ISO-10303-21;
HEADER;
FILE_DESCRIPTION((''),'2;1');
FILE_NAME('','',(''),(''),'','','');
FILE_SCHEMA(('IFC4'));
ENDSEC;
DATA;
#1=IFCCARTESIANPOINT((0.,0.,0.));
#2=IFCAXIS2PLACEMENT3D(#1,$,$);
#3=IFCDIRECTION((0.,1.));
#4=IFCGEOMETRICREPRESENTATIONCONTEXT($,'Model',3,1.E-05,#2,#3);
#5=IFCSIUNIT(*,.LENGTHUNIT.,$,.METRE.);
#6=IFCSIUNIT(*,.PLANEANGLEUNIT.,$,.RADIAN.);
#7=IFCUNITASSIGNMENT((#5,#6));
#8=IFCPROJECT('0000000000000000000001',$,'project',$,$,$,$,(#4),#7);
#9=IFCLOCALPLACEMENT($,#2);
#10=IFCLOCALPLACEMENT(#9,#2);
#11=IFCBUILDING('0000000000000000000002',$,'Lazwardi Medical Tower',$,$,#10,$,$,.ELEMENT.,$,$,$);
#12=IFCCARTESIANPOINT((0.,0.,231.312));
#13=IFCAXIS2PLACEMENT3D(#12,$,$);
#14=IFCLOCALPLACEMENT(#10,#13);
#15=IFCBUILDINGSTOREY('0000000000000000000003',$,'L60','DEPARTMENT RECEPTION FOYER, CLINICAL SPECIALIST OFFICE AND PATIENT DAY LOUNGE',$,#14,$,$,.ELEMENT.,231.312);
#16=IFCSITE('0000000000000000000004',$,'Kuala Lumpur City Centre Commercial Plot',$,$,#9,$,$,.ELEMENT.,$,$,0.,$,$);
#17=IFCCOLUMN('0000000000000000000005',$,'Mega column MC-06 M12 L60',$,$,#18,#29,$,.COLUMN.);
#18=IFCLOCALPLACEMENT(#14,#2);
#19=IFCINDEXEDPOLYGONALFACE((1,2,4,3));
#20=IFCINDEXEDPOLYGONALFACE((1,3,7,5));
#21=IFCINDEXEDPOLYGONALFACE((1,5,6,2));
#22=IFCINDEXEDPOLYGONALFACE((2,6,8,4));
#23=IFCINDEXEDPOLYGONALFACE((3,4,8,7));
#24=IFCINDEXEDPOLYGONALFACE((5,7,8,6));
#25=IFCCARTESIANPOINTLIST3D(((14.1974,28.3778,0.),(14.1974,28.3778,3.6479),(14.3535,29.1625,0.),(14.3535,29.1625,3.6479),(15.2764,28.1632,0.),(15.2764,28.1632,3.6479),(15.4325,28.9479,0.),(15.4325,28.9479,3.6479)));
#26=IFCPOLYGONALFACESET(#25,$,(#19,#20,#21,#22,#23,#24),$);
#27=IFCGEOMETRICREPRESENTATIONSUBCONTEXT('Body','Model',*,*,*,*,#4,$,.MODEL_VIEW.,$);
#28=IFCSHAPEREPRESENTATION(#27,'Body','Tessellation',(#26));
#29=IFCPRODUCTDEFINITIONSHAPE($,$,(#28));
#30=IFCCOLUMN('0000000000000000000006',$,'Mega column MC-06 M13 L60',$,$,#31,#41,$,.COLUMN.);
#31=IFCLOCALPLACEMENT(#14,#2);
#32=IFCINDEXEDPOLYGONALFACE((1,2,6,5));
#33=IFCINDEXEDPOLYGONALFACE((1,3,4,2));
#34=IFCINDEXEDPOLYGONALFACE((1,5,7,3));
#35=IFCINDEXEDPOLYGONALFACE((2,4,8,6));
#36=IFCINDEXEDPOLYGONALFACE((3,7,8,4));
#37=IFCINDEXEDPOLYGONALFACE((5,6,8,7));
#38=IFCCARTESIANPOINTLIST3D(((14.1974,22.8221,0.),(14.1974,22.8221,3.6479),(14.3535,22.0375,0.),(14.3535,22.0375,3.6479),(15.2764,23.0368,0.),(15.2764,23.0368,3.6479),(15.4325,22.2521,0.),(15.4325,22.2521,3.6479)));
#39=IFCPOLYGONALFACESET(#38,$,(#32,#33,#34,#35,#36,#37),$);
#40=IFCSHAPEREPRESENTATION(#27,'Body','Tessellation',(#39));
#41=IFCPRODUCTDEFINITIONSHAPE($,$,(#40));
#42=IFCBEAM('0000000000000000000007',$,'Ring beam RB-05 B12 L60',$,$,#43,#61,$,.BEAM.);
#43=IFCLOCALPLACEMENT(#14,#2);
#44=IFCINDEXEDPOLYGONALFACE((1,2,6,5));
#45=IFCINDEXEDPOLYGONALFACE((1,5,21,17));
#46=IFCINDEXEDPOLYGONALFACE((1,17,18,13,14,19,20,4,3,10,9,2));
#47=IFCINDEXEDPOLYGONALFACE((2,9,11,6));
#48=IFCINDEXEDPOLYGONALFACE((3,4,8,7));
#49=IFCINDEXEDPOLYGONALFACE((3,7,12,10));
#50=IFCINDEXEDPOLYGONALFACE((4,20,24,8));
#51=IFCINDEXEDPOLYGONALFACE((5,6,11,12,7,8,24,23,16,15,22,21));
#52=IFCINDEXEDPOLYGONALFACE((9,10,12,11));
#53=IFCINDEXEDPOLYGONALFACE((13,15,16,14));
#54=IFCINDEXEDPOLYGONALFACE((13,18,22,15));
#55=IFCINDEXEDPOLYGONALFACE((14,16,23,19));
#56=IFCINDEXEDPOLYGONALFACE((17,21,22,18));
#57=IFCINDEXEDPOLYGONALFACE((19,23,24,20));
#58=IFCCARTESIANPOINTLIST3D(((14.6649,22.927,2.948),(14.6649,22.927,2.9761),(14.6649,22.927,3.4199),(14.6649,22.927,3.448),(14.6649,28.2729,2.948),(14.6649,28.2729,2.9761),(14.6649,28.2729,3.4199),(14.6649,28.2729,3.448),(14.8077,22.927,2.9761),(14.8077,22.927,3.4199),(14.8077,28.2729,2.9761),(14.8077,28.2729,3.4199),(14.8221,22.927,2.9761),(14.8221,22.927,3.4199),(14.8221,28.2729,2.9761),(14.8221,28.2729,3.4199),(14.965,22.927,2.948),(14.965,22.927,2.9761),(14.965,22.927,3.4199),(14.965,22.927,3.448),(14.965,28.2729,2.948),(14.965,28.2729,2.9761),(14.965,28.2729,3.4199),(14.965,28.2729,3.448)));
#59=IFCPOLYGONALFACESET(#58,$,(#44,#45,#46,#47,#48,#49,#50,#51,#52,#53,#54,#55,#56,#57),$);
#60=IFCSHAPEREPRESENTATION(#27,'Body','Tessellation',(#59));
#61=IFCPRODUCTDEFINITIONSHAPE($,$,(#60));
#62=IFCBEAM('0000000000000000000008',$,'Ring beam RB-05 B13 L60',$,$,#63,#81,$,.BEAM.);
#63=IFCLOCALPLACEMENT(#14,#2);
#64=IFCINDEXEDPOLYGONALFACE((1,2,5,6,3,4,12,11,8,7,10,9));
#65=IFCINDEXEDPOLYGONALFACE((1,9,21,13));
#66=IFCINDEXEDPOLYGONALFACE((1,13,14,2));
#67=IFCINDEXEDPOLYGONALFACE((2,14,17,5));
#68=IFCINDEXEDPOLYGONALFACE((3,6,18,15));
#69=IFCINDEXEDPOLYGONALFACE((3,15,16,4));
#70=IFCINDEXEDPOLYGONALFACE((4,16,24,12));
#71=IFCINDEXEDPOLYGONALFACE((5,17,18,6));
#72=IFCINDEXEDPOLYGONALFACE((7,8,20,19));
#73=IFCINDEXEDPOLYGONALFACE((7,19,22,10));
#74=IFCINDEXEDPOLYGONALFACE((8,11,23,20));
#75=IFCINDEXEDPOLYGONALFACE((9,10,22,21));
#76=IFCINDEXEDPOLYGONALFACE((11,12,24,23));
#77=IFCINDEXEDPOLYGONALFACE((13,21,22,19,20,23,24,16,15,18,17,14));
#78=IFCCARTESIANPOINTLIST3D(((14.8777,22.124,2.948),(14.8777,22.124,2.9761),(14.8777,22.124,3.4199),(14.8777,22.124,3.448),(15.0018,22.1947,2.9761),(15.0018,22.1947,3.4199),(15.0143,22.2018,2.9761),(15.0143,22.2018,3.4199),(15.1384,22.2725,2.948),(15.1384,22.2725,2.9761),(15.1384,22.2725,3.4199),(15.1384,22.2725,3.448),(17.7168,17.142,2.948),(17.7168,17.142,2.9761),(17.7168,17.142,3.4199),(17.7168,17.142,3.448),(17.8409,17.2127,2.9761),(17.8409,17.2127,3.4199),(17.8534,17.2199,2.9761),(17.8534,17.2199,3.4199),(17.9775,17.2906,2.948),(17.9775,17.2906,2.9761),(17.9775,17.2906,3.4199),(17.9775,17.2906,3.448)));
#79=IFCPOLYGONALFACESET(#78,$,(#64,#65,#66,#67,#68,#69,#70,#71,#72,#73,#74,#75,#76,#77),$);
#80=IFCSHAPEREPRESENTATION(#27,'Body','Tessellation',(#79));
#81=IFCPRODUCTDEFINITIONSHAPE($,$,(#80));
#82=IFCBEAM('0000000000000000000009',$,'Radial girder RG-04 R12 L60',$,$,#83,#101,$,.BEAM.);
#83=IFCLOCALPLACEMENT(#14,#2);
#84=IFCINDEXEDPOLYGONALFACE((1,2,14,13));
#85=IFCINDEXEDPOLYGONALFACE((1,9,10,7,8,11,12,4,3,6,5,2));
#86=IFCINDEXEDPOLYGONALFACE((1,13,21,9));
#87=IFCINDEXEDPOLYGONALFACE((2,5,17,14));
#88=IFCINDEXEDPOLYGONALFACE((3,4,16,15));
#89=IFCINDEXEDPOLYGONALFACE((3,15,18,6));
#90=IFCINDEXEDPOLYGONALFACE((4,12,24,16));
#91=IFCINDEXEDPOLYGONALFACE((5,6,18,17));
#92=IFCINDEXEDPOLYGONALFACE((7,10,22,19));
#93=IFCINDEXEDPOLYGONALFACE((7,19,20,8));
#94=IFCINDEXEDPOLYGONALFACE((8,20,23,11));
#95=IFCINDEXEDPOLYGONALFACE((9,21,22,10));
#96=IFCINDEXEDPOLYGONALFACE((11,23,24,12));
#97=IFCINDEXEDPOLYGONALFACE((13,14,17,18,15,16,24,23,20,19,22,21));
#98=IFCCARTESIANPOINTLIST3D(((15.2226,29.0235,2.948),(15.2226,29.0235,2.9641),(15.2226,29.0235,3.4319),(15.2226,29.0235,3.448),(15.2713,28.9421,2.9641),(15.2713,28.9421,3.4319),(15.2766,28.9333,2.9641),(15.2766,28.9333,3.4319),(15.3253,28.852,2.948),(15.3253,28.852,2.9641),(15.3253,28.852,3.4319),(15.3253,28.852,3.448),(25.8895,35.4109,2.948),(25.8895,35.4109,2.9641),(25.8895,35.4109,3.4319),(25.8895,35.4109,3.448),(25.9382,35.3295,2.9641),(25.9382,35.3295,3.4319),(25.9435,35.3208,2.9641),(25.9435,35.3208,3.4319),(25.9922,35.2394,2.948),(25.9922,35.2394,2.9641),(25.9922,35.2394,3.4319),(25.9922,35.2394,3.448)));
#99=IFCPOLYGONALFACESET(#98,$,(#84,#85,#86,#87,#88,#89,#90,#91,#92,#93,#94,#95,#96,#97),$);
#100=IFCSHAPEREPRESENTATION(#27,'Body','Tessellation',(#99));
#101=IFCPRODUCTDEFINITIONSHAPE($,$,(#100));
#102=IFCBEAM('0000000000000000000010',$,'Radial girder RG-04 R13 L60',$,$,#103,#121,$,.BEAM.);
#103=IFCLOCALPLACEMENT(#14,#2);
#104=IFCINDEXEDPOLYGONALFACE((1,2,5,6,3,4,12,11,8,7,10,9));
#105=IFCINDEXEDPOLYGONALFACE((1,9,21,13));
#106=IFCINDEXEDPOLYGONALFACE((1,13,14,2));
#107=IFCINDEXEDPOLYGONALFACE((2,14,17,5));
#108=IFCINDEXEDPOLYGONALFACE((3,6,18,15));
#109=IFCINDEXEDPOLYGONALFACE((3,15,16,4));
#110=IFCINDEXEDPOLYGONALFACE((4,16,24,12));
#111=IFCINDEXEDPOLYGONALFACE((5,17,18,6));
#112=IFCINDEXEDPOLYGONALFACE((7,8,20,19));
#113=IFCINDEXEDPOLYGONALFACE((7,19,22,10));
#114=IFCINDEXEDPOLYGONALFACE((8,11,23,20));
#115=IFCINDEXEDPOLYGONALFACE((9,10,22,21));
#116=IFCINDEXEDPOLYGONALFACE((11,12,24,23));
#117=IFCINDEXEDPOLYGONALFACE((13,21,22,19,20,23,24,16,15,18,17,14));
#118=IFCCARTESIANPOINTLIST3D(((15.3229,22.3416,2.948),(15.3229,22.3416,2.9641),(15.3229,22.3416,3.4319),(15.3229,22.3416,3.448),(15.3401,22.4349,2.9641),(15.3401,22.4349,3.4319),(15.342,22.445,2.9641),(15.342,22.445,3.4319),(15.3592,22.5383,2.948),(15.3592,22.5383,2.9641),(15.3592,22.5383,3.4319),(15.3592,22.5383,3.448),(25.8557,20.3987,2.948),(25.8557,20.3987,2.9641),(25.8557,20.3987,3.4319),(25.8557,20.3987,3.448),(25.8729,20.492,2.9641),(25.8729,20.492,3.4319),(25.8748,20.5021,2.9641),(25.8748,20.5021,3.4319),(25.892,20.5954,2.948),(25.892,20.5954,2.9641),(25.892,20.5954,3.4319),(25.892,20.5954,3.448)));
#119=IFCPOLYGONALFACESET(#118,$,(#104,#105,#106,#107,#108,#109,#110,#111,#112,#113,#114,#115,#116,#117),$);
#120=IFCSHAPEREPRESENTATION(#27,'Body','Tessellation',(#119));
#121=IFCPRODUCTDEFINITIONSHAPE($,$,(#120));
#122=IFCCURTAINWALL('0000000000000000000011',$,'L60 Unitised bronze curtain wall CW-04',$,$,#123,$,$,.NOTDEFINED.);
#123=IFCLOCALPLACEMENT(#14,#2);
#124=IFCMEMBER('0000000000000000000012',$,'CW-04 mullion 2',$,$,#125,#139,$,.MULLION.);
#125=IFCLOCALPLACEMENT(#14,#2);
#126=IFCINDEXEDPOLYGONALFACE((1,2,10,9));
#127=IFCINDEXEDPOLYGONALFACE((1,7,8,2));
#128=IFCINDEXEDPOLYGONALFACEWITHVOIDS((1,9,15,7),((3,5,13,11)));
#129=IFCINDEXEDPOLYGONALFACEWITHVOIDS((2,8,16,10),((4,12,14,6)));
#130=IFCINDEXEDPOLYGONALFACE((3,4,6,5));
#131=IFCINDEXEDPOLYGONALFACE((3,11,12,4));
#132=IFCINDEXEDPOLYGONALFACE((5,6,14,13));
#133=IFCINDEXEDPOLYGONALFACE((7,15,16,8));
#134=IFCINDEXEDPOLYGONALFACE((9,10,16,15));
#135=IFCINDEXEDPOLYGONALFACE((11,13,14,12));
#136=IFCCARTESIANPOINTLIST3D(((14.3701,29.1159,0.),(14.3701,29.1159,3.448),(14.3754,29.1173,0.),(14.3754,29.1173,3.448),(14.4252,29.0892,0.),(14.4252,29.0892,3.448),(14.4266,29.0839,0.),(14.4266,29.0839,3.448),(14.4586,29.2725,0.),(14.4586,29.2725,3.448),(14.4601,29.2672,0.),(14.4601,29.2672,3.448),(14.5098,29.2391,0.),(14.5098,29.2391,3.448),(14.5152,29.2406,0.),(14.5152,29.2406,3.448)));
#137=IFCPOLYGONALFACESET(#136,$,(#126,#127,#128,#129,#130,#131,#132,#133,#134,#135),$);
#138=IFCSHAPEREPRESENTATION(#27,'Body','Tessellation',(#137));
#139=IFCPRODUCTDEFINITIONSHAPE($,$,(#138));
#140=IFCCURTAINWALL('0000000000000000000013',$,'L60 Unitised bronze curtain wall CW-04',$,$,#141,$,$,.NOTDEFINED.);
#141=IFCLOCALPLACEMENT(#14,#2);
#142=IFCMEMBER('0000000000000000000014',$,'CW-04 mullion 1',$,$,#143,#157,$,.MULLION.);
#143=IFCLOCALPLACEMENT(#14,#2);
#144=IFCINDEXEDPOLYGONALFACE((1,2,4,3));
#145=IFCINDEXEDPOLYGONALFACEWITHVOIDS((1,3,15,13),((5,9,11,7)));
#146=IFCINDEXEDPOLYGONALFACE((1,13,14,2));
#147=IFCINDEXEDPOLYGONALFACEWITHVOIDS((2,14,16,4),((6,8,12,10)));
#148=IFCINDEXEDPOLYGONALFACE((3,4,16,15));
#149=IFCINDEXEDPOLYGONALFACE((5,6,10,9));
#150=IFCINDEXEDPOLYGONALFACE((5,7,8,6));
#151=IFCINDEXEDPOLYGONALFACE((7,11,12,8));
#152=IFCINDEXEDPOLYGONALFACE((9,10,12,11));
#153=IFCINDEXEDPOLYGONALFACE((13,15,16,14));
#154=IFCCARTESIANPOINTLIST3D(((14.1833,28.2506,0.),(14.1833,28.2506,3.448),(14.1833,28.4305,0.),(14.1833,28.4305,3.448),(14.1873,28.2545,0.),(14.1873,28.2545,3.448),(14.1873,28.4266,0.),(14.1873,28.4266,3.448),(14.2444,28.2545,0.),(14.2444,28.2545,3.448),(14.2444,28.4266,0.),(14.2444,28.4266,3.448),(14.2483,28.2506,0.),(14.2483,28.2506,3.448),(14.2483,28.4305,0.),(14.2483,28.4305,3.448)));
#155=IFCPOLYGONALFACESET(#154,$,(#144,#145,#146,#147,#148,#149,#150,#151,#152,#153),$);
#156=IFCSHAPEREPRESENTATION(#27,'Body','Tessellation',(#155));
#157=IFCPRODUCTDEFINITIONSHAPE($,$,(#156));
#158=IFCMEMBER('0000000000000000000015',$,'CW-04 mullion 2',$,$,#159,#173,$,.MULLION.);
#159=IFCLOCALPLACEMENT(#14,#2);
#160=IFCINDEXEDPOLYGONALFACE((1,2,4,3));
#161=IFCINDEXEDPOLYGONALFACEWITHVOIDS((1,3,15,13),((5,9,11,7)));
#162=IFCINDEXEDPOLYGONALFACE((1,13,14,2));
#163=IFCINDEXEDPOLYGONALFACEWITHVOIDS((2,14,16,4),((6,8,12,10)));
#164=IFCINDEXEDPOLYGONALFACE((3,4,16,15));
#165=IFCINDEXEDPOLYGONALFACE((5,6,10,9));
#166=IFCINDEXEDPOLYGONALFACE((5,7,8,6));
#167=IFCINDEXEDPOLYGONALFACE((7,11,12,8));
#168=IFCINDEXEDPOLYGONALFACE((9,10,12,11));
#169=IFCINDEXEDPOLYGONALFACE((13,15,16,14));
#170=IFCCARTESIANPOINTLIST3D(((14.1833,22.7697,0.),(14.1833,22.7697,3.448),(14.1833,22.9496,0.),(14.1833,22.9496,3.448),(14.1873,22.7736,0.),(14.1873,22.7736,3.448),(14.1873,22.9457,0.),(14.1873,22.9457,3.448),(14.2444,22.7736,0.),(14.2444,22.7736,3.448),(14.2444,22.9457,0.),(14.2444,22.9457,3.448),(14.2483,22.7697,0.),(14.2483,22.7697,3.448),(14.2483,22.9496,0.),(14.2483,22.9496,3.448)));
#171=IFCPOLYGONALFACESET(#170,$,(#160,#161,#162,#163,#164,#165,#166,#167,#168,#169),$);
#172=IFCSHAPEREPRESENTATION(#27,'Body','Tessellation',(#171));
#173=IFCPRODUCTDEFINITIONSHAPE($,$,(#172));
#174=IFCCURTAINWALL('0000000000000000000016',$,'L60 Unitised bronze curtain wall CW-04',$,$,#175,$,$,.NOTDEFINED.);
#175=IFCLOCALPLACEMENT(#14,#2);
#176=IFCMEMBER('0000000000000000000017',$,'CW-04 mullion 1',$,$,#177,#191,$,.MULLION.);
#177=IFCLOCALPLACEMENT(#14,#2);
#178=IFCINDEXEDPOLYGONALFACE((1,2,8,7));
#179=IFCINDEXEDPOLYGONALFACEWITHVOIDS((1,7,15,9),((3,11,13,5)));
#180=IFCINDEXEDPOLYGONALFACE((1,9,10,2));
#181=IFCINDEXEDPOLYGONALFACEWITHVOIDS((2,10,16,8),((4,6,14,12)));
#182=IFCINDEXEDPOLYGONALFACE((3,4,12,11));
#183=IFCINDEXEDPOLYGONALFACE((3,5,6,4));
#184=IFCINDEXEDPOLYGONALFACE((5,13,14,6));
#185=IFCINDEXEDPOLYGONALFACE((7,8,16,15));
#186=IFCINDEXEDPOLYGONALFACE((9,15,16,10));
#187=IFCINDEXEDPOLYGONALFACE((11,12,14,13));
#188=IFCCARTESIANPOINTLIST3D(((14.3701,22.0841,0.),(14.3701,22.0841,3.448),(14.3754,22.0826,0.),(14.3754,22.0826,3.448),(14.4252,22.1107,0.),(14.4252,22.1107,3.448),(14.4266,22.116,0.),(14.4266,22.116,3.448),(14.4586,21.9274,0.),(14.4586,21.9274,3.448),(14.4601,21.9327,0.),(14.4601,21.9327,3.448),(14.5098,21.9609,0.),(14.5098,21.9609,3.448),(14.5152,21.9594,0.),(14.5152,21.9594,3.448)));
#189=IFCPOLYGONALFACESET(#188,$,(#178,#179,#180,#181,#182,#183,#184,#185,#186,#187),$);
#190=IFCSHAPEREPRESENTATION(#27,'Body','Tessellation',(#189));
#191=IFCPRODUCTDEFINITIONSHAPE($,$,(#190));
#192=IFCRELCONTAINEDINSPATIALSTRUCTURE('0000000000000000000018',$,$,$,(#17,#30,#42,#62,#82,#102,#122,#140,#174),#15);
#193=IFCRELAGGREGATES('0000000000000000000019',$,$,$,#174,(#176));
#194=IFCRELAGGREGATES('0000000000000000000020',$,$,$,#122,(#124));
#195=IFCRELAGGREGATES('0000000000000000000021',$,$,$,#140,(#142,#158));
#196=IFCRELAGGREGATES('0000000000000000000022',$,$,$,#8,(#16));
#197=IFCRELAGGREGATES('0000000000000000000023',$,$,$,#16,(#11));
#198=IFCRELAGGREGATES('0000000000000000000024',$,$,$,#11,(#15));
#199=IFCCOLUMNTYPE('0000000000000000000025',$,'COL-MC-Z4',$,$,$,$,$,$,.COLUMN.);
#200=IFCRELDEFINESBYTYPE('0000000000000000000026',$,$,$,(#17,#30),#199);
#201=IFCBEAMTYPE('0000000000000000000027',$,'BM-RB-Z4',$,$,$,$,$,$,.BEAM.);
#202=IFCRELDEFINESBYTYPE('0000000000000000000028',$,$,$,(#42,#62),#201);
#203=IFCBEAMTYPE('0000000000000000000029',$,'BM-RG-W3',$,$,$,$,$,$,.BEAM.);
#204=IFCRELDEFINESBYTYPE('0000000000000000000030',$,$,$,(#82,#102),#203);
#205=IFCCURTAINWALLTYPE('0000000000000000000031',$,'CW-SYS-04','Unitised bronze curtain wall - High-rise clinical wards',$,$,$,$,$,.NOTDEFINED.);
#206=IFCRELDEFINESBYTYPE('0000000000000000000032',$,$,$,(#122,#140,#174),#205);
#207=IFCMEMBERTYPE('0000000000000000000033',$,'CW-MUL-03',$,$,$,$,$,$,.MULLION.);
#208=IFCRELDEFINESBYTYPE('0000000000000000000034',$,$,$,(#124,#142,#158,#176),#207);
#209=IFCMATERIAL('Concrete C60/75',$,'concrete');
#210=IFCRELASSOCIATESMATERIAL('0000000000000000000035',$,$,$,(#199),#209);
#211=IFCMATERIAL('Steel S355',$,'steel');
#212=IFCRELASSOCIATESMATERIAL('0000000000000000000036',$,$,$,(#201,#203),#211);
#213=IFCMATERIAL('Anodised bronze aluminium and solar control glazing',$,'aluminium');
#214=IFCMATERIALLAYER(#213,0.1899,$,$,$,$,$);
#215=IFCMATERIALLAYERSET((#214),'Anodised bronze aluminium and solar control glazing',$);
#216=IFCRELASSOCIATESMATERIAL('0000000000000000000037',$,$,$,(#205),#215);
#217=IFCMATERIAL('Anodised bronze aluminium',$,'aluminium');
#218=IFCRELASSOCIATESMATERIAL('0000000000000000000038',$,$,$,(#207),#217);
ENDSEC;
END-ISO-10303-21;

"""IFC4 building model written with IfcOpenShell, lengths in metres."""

from ifc_helpers import new_model, si_unit, direction, frame, origin, origin_2d, place, context, subcontext, project, spatial, rectangle, hollow_rectangle, i_section, extrude, material, layer, layer_set, material_profile, profile_set, type_object, element, aggregate, save


model = new_model("IFC4")

# Units and contexts
model_context = context("Model", 3, precision=1e-05, world=origin(), true_north=direction((0.0, 1.0)))
body_context = subcontext(model_context, "Body", "Model", "MODEL_VIEW")
ifc_project = project(units=[si_unit("LENGTHUNIT", "METRE"), si_unit("PLANEANGLEUNIT", "RADIAN")], contexts=[model_context])

# Site, building, storey
site_placement = place(None, origin())
site = spatial("IfcSite", under=ifc_project, at=site_placement, Name="Kuala Lumpur City Centre Commercial Plot", CompositionType="ELEMENT", RefElevation=0.0)
building_placement = place(site_placement, origin())
building = spatial("IfcBuilding", under=site, at=building_placement, Name="Lazwardi Medical Tower", CompositionType="ELEMENT")
storey_placement = place(building_placement, frame((0.0, 0.0, 231.312)))
storey = spatial("IfcBuildingStorey", under=building, at=storey_placement, Name="L60", Description="DEPARTMENT RECEPTION FOYER, CLINICAL SPECIALIST OFFICE AND PATIENT DAY LOUNGE", CompositionType="ELEMENT", Elevation=231.312)

# Columns
ifc_material_1 = material(Name="Concrete C60/75", Category="concrete")
ifc_material_profile_1 = material_profile(ifc_material_1, rectangle(XDim=1.1001, YDim=0.8, at=origin_2d()), Name="CFT-RECT 1100x800")
ifc_profile_set_1 = profile_set([ifc_material_profile_1], Name="Concrete C60/75")
column_type = type_object("IfcColumnType", Name="COL-MC-Z4", PredefinedType="COLUMN", material=ifc_profile_set_1)
for number, where, z_axis, x_axis, name in (
    (1, (14.8149, 28.6628, 0.0), (0.0, 0.0, 1.0), (-0.980785, 0.19509, 0.0), "Mega column MC-06 M12 L60"),
    (2, (14.8149, 22.5371, 0.0), (0.0, 0.0, 1.0), (-0.980785, -0.19509, 0.0), "Mega column MC-06 M13 L60"),
):
    element("IfcColumn", number, at=place(storey_placement, frame(where, z_axis=z_axis, x_axis=x_axis)), inside=storey, type_object=column_type, Name=name, PredefinedType="COLUMN", context=body_context, shape_type="SweptSolid", body=[
        extrude(rectangle(XDim=1.1001, YDim=0.8, at=origin_2d()), origin(), (0.0, 0.0, 1.0), 3.6479),
    ])

# Beams
ifc_material_2 = material(Name="Steel S355", Category="steel")
ifc_material_profile_2 = material_profile(ifc_material_2, i_section(OverallWidth=0.3, OverallDepth=0.5, WebThickness=0.0144, FlangeThickness=0.0281, at=origin_2d()), Name="HEB 500")
ifc_profile_set_2 = profile_set([ifc_material_profile_2], Name="Steel S355")
beam_type_1 = type_object("IfcBeamType", Name="BM-RB-Z4", PredefinedType="BEAM", material=ifc_profile_set_2)
beam_1_placement = place(storey_placement, frame((14.8149, 28.2729, 3.198), z_axis=(0.0, -1.0, 0.0), x_axis=(1.0, 0.0, 0.0)))
element("IfcBeam", 3, at=beam_1_placement, inside=storey, type_object=beam_type_1, Name="Ring beam RB-05 B12 L60", PredefinedType="BEAM", context=body_context, shape_type="SweptSolid", body=[
    extrude(i_section(OverallWidth=0.3, OverallDepth=0.5, WebThickness=0.0144, FlangeThickness=0.0281, at=origin_2d()), origin(), (0.0, 0.0, 1.0), 5.3459),
])
beam_2_placement = place(storey_placement, frame((15.0081, 22.1982, 3.198), z_axis=(0.495125, -0.868822, 0.0), x_axis=(0.868822, 0.495125, 0.0)))
element("IfcBeam", 4, at=beam_2_placement, inside=storey, type_object=beam_type_1, Name="Ring beam RB-05 B13 L60", PredefinedType="BEAM", context=body_context, shape_type="SweptSolid", body=[
    extrude(i_section(OverallWidth=0.3, OverallDepth=0.5, WebThickness=0.0144, FlangeThickness=0.0281, at=origin_2d()), origin(), (0.0, 0.0, 1.0), 5.7341),
])
ifc_material_profile_3 = material_profile(ifc_material_2, i_section(OverallWidth=0.2, OverallDepth=0.5, WebThickness=0.0103, FlangeThickness=0.0161, at=origin_2d()), Name="IPE 500")
ifc_profile_set_3 = profile_set([ifc_material_profile_3], Name="Steel S355")
beam_type_2 = type_object("IfcBeamType", Name="BM-RG-W3", PredefinedType="BEAM", material=ifc_profile_set_3)
beam_3_placement = place(storey_placement, frame((15.2739, 28.9377, 3.198), z_axis=(0.857945, 0.513742, 0.0), x_axis=(-0.513742, 0.857945, 0.0)))
element("IfcBeam", 5, at=beam_3_placement, inside=storey, type_object=beam_type_2, Name="Radial girder RG-04 R12 L60", PredefinedType="BEAM", context=body_context, shape_type="SweptSolid", body=[
    extrude(i_section(OverallWidth=0.2, OverallDepth=0.5, WebThickness=0.0103, FlangeThickness=0.0161, at=origin_2d()), origin(), (0.0, 0.0, 1.0), 12.4331),
])
beam_4_placement = place(storey_placement, frame((15.3411, 22.4399, 3.198), z_axis=(0.983409, -0.1814, 0.0), x_axis=(0.1814, 0.983409, 0.0)))
element("IfcBeam", 6, at=beam_4_placement, inside=storey, type_object=beam_type_2, Name="Radial girder RG-04 R13 L60", PredefinedType="BEAM", context=body_context, shape_type="SweptSolid", body=[
    extrude(i_section(OverallWidth=0.2, OverallDepth=0.5, WebThickness=0.0103, FlangeThickness=0.0161, at=origin_2d()), origin(), (0.0, 0.0, 1.0), 10.7104),
])

# Curtain wall, member
ifc_material_3 = material(Name="Anodised bronze aluminium and solar control glazing", Category="aluminium")
ifc_layer_1 = layer(ifc_material_3, 0.1899)
ifc_layer_set_1 = layer_set([ifc_layer_1], Name="Anodised bronze aluminium and solar control glazing")
curtain_wall_type = type_object("IfcCurtainWallType", Name="CW-SYS-04", Description="Unitised bronze curtain wall - High-rise clinical wards", PredefinedType="NOTDEFINED", material=ifc_layer_set_1)
curtain_wall_1_placement = place(storey_placement, origin())
curtain_wall_1 = element("IfcCurtainWall", 7, at=curtain_wall_1_placement, inside=storey, type_object=curtain_wall_type, Name="L60 Unitised bronze curtain wall CW-04", PredefinedType="NOTDEFINED")
ifc_material_4 = material(Name="Anodised bronze aluminium", Category="aluminium")
ifc_material_profile_4 = material_profile(ifc_material_4, hollow_rectangle(XDim=0.0649, YDim=0.1799, WallThickness=0.0039, at=origin_2d()), Name="ALU-MULLION 180x65x4")
ifc_profile_set_4 = profile_set([ifc_material_profile_4], Name="Anodised bronze aluminium")
member_type_1 = type_object("IfcMemberType", Name="CW-MUL-03", PredefinedType="MULLION", material=ifc_profile_set_4)
member_1_placement = place(storey_placement, frame((14.4426, 29.1782, 0.0), z_axis=(0.0, 0.0, 1.0), x_axis=(0.870651, -0.4919, 0.0)))
member_1 = element("IfcMember", 8, at=member_1_placement, type_object=member_type_1, Name="CW-04 mullion 2", PredefinedType="MULLION", context=body_context, shape_type="SweptSolid", body=[
    extrude(hollow_rectangle(XDim=0.0649, YDim=0.1799, WallThickness=0.0039, at=origin_2d()), origin(), (0.0, 0.0, 1.0), 3.448),
])

# Curtain wall, members
curtain_wall_2_placement = place(storey_placement, origin())
curtain_wall_2 = element("IfcCurtainWall", 9, at=curtain_wall_2_placement, inside=storey, type_object=curtain_wall_type, Name="L60 Unitised bronze curtain wall CW-04", PredefinedType="NOTDEFINED")
member_2_placement = place(storey_placement, frame((14.2158, 28.3406, 0.0), z_axis=(0.0, 0.0, 1.0), x_axis=(1.0, 0.0, 0.0)))
member_2 = element("IfcMember", 10, at=member_2_placement, type_object=member_type_1, Name="CW-04 mullion 1", PredefinedType="MULLION", context=body_context, shape_type="SweptSolid", body=[
    extrude(hollow_rectangle(XDim=0.0649, YDim=0.1799, WallThickness=0.0039, at=origin_2d()), origin(), (0.0, 0.0, 1.0), 3.448),
])
member_3_placement = place(storey_placement, frame((14.2158, 22.8596, 0.0), z_axis=(0.0, 0.0, 1.0), x_axis=(1.0, 0.0, 0.0)))
member_3 = element("IfcMember", 11, at=member_3_placement, type_object=member_type_1, Name="CW-04 mullion 2", PredefinedType="MULLION", context=body_context, shape_type="SweptSolid", body=[
    extrude(hollow_rectangle(XDim=0.0649, YDim=0.1799, WallThickness=0.0039, at=origin_2d()), origin(), (0.0, 0.0, 1.0), 3.448),
])

# Curtain wall, member
curtain_wall_3_placement = place(storey_placement, origin())
curtain_wall_3 = element("IfcCurtainWall", 12, at=curtain_wall_3_placement, inside=storey, type_object=curtain_wall_type, Name="L60 Unitised bronze curtain wall CW-04", PredefinedType="NOTDEFINED")
member_4_placement = place(storey_placement, frame((14.4426, 22.0217, 0.0), z_axis=(0.0, 0.0, 1.0), x_axis=(0.870651, 0.4919, 0.0)))
member_4 = element("IfcMember", 13, at=member_4_placement, type_object=member_type_1, Name="CW-04 mullion 1", PredefinedType="MULLION", context=body_context, shape_type="SweptSolid", body=[
    extrude(hollow_rectangle(XDim=0.0649, YDim=0.1799, WallThickness=0.0039, at=origin_2d()), origin(), (0.0, 0.0, 1.0), 3.448),
])
aggregate(curtain_wall_3, [member_4])

aggregate(curtain_wall_1, [member_1])
aggregate(curtain_wall_2, [member_2, member_3])

save(model, "model.ifc")
